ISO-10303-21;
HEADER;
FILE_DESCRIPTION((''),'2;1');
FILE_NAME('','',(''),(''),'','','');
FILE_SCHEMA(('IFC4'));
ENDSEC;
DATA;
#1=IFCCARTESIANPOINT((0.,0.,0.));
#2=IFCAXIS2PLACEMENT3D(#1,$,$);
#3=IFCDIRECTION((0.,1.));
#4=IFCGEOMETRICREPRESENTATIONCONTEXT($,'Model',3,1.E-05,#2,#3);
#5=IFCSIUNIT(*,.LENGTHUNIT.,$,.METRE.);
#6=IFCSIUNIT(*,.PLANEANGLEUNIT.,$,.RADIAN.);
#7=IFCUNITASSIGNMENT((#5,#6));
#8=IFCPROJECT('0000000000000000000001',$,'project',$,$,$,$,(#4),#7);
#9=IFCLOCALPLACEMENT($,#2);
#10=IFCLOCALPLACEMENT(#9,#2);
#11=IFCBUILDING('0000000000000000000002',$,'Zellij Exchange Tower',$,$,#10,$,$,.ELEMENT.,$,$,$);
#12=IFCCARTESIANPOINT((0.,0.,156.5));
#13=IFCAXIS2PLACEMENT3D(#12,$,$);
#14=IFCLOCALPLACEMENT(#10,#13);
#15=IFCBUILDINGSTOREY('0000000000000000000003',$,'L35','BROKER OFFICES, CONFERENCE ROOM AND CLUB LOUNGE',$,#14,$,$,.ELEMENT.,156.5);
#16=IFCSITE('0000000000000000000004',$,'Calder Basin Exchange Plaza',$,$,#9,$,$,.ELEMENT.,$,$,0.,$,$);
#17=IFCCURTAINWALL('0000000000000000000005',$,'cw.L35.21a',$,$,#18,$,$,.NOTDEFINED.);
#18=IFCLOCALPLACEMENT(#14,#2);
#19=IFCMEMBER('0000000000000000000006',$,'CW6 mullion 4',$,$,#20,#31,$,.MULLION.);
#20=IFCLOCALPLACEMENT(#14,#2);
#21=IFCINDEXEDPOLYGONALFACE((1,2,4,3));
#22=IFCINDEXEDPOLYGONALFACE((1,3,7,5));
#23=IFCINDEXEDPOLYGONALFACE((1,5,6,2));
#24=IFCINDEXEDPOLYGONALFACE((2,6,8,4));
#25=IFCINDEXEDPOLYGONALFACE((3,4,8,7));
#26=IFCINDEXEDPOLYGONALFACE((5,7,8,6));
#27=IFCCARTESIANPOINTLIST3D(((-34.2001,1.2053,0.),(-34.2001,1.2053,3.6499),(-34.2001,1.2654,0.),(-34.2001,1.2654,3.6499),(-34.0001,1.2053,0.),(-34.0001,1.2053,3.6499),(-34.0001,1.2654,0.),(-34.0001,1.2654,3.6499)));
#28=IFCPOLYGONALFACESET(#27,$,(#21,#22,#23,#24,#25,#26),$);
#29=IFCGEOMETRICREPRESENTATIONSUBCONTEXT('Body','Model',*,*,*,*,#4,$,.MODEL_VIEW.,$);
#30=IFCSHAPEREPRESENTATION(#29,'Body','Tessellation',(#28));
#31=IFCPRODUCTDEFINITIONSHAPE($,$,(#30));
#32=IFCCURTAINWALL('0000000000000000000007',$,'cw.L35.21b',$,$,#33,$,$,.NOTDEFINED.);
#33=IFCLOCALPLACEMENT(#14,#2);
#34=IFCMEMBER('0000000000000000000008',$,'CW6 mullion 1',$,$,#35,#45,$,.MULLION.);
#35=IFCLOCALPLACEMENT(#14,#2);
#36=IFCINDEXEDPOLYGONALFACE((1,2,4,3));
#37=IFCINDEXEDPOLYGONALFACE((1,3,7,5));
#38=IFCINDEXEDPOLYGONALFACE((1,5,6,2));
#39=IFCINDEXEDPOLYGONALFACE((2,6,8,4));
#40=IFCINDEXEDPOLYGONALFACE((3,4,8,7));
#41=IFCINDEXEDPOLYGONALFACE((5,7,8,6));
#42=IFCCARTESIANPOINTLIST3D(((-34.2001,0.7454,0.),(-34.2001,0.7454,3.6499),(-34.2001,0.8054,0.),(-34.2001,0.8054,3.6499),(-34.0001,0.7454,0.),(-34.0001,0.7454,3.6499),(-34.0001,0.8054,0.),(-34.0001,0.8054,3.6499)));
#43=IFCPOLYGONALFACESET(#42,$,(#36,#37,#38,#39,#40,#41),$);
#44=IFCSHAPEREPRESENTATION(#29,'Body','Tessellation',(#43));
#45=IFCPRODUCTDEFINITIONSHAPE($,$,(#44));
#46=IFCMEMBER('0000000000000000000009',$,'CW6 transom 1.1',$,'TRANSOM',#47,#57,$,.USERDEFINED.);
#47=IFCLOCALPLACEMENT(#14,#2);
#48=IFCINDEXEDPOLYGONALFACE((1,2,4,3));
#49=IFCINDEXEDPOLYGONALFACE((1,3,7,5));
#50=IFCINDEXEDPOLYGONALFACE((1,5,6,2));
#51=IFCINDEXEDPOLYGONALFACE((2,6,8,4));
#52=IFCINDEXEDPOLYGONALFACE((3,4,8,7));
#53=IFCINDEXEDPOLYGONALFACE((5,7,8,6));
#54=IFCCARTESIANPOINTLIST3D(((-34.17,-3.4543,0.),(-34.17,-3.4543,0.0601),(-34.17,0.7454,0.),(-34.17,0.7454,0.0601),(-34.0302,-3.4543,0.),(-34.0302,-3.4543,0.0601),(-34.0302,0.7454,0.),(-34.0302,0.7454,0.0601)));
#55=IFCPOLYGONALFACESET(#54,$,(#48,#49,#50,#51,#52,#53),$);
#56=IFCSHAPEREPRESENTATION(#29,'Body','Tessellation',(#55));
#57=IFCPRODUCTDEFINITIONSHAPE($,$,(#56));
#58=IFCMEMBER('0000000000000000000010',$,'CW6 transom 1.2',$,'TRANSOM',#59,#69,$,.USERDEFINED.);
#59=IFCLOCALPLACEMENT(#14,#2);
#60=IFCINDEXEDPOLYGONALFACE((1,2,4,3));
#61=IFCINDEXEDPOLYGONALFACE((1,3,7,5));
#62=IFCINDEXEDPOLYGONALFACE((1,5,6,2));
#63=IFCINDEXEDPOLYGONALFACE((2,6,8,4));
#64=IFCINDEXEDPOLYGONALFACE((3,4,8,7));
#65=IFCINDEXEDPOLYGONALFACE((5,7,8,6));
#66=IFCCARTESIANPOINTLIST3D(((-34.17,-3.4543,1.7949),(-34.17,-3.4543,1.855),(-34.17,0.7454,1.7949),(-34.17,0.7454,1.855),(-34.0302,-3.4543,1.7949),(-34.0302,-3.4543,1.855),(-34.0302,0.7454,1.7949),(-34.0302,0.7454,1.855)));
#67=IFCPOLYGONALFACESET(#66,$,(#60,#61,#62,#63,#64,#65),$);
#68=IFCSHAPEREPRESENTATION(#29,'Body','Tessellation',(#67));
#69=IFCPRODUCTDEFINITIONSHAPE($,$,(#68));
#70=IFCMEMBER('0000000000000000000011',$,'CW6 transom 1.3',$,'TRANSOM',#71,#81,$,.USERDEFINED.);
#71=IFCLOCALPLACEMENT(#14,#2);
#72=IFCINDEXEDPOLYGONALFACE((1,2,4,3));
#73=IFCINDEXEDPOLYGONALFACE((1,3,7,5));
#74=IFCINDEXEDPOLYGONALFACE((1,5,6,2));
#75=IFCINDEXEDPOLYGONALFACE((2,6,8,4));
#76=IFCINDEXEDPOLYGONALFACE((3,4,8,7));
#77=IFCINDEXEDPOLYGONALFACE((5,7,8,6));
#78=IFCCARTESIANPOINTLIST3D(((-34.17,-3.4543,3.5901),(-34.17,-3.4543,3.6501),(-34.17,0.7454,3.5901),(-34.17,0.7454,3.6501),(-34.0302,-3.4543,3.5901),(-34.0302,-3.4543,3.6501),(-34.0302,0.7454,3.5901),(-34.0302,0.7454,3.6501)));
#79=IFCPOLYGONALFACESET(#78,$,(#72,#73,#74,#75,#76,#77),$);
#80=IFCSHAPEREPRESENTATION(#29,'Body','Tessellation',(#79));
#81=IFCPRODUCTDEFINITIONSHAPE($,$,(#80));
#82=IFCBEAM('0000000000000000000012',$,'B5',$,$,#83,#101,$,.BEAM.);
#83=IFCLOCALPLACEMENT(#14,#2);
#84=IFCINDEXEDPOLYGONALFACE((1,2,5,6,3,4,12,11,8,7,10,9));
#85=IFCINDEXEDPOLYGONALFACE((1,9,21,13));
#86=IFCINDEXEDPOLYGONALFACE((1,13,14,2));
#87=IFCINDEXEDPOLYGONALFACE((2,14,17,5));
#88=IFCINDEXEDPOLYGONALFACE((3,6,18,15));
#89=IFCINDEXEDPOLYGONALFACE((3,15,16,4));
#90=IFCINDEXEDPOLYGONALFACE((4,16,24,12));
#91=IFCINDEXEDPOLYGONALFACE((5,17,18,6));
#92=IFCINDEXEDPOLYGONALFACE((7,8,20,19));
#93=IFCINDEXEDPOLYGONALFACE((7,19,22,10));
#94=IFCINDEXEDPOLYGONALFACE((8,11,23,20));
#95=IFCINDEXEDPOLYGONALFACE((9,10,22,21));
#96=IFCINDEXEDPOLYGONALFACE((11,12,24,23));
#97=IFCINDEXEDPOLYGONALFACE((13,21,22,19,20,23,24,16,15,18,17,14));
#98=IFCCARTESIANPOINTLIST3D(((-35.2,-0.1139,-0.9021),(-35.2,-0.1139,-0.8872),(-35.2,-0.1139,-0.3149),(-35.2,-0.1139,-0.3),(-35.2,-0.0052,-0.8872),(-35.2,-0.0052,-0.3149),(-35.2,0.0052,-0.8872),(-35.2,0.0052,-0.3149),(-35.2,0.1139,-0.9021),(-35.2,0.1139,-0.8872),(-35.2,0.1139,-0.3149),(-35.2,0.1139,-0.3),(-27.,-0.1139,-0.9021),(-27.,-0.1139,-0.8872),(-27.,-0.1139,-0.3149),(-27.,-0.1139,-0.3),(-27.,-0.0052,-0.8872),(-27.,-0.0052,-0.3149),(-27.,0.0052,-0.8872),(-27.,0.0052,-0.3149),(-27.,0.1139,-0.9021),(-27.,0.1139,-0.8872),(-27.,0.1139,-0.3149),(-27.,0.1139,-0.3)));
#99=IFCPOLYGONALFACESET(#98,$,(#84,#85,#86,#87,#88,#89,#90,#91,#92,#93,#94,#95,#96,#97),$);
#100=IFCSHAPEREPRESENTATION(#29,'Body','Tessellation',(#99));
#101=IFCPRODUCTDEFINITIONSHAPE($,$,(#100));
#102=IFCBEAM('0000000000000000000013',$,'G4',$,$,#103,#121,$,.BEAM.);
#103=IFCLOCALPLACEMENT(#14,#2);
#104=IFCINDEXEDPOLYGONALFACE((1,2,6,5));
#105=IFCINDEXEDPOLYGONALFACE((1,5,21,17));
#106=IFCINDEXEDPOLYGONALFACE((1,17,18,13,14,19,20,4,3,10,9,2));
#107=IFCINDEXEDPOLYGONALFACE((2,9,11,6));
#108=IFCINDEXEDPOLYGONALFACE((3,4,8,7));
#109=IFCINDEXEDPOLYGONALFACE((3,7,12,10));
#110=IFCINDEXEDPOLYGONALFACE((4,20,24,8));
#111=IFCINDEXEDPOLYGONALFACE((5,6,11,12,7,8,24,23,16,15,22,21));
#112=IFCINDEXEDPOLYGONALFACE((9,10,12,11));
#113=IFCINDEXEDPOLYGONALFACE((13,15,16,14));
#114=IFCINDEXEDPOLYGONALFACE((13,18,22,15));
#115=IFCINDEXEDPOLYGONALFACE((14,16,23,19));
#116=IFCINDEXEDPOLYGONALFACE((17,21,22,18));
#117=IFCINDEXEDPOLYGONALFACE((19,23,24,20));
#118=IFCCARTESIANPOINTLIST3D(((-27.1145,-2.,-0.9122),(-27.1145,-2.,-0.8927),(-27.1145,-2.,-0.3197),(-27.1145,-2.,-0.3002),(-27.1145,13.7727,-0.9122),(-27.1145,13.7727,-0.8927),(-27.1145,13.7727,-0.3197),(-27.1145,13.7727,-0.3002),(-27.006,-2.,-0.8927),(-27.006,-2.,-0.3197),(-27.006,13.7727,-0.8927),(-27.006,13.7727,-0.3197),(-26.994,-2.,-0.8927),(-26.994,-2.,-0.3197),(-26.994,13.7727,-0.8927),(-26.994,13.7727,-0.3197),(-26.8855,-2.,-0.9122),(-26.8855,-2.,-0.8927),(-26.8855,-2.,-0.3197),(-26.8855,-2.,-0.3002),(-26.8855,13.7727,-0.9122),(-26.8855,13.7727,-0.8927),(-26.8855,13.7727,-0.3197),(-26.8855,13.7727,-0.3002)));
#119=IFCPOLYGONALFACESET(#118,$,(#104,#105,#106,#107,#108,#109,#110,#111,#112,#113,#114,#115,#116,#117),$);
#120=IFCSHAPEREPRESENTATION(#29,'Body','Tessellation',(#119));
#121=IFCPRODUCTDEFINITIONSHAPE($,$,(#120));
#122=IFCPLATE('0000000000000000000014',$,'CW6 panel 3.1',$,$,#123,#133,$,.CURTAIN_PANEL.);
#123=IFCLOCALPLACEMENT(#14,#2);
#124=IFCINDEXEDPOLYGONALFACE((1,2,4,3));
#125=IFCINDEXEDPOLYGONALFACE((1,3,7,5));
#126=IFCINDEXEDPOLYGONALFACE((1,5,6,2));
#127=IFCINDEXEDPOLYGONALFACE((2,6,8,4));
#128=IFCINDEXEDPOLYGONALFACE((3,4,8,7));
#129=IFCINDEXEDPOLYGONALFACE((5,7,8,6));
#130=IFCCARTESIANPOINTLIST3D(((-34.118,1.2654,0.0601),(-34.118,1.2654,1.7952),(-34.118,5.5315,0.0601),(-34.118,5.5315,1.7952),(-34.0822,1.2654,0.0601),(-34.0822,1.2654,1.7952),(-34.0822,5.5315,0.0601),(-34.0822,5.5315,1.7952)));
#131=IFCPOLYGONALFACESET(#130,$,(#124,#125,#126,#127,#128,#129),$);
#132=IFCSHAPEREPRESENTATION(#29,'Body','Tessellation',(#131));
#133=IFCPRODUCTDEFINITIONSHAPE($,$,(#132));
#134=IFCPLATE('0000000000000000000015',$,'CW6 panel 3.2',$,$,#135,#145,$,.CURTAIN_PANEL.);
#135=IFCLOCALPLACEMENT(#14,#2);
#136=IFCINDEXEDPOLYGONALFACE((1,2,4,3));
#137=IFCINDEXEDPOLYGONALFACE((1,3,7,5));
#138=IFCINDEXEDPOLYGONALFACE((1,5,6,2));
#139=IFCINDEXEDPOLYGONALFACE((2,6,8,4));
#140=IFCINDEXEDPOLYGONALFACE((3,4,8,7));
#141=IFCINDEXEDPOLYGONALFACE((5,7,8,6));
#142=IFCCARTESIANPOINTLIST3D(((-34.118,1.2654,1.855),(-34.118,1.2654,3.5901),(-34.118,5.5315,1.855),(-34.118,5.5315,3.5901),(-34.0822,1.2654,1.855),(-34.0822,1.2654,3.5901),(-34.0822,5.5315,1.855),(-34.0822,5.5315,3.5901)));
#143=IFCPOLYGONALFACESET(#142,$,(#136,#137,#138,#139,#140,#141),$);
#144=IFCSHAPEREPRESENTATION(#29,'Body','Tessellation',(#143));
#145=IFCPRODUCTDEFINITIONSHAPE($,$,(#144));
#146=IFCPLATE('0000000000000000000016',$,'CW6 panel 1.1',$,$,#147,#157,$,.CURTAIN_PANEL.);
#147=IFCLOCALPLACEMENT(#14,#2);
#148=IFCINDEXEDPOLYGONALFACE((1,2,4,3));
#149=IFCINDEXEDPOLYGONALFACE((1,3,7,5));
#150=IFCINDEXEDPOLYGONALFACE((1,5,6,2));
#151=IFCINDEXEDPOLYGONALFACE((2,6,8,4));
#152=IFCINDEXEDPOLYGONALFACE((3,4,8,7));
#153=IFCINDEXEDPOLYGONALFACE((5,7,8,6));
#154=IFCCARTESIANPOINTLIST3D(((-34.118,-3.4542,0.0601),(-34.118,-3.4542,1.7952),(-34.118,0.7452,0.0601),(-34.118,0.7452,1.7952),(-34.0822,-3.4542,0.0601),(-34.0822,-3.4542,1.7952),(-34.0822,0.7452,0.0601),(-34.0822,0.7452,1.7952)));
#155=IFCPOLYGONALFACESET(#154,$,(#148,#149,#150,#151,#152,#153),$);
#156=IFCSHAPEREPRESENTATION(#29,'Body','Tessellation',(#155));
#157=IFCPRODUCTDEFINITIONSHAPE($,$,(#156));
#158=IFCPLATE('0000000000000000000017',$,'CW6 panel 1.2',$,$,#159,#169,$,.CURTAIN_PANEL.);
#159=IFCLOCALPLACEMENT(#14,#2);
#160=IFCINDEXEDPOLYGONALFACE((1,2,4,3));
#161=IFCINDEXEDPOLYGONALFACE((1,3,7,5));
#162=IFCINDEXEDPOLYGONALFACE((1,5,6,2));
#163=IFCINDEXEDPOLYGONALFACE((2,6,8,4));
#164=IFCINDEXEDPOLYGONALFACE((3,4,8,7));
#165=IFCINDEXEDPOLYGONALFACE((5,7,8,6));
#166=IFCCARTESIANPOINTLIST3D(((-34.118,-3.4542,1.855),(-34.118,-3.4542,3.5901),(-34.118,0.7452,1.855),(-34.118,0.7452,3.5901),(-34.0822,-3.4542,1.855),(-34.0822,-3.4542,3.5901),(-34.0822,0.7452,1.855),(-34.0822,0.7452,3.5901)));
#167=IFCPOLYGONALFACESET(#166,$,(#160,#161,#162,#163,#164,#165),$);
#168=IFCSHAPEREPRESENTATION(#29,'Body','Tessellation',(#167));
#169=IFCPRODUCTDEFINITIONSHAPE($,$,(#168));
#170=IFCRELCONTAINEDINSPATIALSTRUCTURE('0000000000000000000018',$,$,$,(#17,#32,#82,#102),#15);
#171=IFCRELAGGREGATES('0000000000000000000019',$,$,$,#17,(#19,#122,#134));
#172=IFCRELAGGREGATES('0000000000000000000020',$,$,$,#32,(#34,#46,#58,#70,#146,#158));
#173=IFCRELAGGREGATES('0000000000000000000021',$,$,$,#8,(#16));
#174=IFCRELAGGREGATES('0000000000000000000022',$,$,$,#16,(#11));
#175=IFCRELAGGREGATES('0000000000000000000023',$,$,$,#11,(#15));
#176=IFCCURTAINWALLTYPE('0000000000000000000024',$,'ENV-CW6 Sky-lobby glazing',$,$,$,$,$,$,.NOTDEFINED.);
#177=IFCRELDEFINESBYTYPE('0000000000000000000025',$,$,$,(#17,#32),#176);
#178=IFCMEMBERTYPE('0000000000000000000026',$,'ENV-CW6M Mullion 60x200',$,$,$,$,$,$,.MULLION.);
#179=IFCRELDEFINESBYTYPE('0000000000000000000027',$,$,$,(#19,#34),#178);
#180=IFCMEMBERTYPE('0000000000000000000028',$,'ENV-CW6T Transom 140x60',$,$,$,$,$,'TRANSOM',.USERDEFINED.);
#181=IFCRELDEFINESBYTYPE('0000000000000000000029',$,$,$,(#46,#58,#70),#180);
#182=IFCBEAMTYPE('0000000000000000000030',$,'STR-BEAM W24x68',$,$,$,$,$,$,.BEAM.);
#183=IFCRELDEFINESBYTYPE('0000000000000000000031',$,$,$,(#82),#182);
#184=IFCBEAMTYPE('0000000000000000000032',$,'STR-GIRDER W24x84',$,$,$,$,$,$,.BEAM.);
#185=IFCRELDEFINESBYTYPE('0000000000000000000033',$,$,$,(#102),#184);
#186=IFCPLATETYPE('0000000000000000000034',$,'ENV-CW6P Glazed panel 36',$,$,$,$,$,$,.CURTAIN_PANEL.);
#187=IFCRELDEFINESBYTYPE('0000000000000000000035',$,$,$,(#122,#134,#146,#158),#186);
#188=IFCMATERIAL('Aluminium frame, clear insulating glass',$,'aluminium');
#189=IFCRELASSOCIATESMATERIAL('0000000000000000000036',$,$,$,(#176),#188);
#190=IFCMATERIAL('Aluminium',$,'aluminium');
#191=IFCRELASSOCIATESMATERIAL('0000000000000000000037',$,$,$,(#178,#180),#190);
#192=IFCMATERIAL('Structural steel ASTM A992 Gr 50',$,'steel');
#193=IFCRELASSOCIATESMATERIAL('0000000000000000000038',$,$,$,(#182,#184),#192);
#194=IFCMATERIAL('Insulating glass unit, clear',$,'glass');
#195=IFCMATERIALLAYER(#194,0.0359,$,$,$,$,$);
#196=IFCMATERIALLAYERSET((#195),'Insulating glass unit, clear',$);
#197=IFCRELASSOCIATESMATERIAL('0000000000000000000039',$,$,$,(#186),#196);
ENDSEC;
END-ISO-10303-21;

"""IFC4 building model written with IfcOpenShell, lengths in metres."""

from ifc_helpers import new_model, si_unit, direction, frame, origin, origin_2d, place, context, subcontext, project, spatial, rectangle, i_section, extrude, material, layer, layer_set, material_profile, profile_set, type_object, element, aggregate, save


model = new_model("IFC4")

# Units and contexts
model_context = context("Model", 3, precision=1e-05, world=origin(), true_north=direction((0.0, 1.0)))
body_context = subcontext(model_context, "Body", "Model", "MODEL_VIEW")
ifc_project = project(units=[si_unit("LENGTHUNIT", "METRE"), si_unit("PLANEANGLEUNIT", "RADIAN")], contexts=[model_context])

# Site, building, storey
site_placement = place(None, origin())
site = spatial("IfcSite", under=ifc_project, at=site_placement, Name="Calder Basin Exchange Plaza", CompositionType="ELEMENT", RefElevation=0.0)
building_placement = place(site_placement, origin())
building = spatial("IfcBuilding", under=site, at=building_placement, Name="Zellij Exchange Tower", CompositionType="ELEMENT")
storey_placement = place(building_placement, frame((0.0, 0.0, 156.5)))
storey = spatial("IfcBuildingStorey", under=building, at=storey_placement, Name="L35", Description="BROKER OFFICES, CONFERENCE ROOM AND CLUB LOUNGE", CompositionType="ELEMENT", Elevation=156.5)

# Curtain wall, member
ifc_material_1 = material(Name="Aluminium frame, clear insulating glass", Category="aluminium")
curtain_wall_type = type_object("IfcCurtainWallType", Name="ENV-CW6 Sky-lobby glazing", PredefinedType="NOTDEFINED", material=ifc_material_1)
curtain_wall_1_placement = place(storey_placement, origin())
curtain_wall_1 = element("IfcCurtainWall", 1, at=curtain_wall_1_placement, inside=storey, type_object=curtain_wall_type, Name="cw.L35.21a", PredefinedType="NOTDEFINED")
ifc_material_2 = material(Name="Aluminium", Category="aluminium")
ifc_material_profile_1 = material_profile(ifc_material_2, rectangle(XDim=0.0601, YDim=0.2, at=origin_2d()), Name="AL 60x200")
ifc_profile_set_1 = profile_set([ifc_material_profile_1], Name="Aluminium")
member_type_1 = type_object("IfcMemberType", Name="ENV-CW6M Mullion 60x200", PredefinedType="MULLION", material=ifc_profile_set_1)
member_1_placement = place(storey_placement, frame((-34.1001, 1.2354, 0.0), z_axis=(0.0, 0.0, 1.0), x_axis=(0.0, -1.0, 0.0)))
member_1 = element("IfcMember", 2, at=member_1_placement, type_object=member_type_1, Name="CW6 mullion 4", PredefinedType="MULLION", context=body_context, shape_type="SweptSolid", body=[
    extrude(rectangle(XDim=0.0601, YDim=0.2, at=origin_2d()), origin(), (0.0, 0.0, 1.0), 3.6499),
])

# Curtain wall, members
curtain_wall_2_placement = place(storey_placement, origin())
curtain_wall_2 = element("IfcCurtainWall", 3, at=curtain_wall_2_placement, inside=storey, type_object=curtain_wall_type, Name="cw.L35.21b", PredefinedType="NOTDEFINED")
member_2_placement = place(storey_placement, frame((-34.1001, 0.7754, 0.0), z_axis=(0.0, 0.0, 1.0), x_axis=(0.0, -1.0, 0.0)))
member_2 = element("IfcMember", 4, at=member_2_placement, type_object=member_type_1, Name="CW6 mullion 1", PredefinedType="MULLION", context=body_context, shape_type="SweptSolid", body=[
    extrude(rectangle(XDim=0.0601, YDim=0.2, at=origin_2d()), origin(), (0.0, 0.0, 1.0), 3.6499),
])
ifc_material_profile_2 = material_profile(ifc_material_2, rectangle(XDim=0.1399, YDim=0.0601, at=origin_2d()), Name="AL 140x60")
ifc_profile_set_2 = profile_set([ifc_material_profile_2], Name="Aluminium")
member_type_2 = type_object("IfcMemberType", Name="ENV-CW6T Transom 140x60", ElementType="TRANSOM", PredefinedType="USERDEFINED", material=ifc_profile_set_2)
member_3_placement = place(storey_placement, frame((-34.1001, 0.7454, 0.03), z_axis=(0.0, -1.0, 0.0), x_axis=(1.0, 0.0, 0.0)))
member_3 = element("IfcMember", 5, at=member_3_placement, type_object=member_type_2, Name="CW6 transom 1.1", ObjectType="TRANSOM", PredefinedType="USERDEFINED", context=body_context, shape_type="SweptSolid", body=[
    extrude(rectangle(XDim=0.1399, YDim=0.0601, at=origin_2d()), origin(), (0.0, 0.0, 1.0), 4.1997),
])
member_4_placement = place(storey_placement, frame((-34.1001, 0.7454, 1.825), z_axis=(0.0, -1.0, 0.0), x_axis=(1.0, 0.0, 0.0)))
member_4 = element("IfcMember", 6, at=member_4_placement, type_object=member_type_2, Name="CW6 transom 1.2", ObjectType="TRANSOM", PredefinedType="USERDEFINED", context=body_context, shape_type="SweptSolid", body=[
    extrude(rectangle(XDim=0.1399, YDim=0.0601, at=origin_2d()), origin(), (0.0, 0.0, 1.0), 4.1997),
])
member_5_placement = place(storey_placement, frame((-34.1001, 0.7454, 3.6201), z_axis=(0.0, -1.0, 0.0), x_axis=(1.0, 0.0, 0.0)))
member_5 = element("IfcMember", 7, at=member_5_placement, type_object=member_type_2, Name="CW6 transom 1.3", ObjectType="TRANSOM", PredefinedType="USERDEFINED", context=body_context, shape_type="SweptSolid", body=[
    extrude(rectangle(XDim=0.1399, YDim=0.0601, at=origin_2d()), origin(), (0.0, 0.0, 1.0), 4.1997),
])

# Beams
ifc_material_3 = material(Name="Structural steel ASTM A992 Gr 50", Category="steel")
ifc_material_profile_3 = material_profile(ifc_material_3, i_section(OverallWidth=0.2278, OverallDepth=0.6021, WebThickness=0.0105, FlangeThickness=0.0149, at=origin_2d()), Name="W24x68")
ifc_profile_set_3 = profile_set([ifc_material_profile_3], Name="Structural steel ASTM A992 Gr 50")
beam_type_1 = type_object("IfcBeamType", Name="STR-BEAM W24x68", PredefinedType="BEAM", material=ifc_profile_set_3)
beam_1_placement = place(storey_placement, frame((-35.2, 0.0, -0.6011), z_axis=(1.0, 0.0, 0.0), x_axis=(0.0, 1.0, 0.0)))
element("IfcBeam", 8, at=beam_1_placement, inside=storey, type_object=beam_type_1, Name="B5", PredefinedType="BEAM", context=body_context, shape_type="SweptSolid", body=[
    extrude(i_section(OverallWidth=0.2278, OverallDepth=0.6021, WebThickness=0.0105, FlangeThickness=0.0149, at=origin_2d()), origin(), (0.0, 0.0, 1.0), 8.2),
])
ifc_material_profile_4 = material_profile(ifc_material_3, i_section(OverallWidth=0.229, OverallDepth=0.6121, WebThickness=0.012, FlangeThickness=0.0195, at=origin_2d()), Name="W24x84")
ifc_profile_set_4 = profile_set([ifc_material_profile_4], Name="Structural steel ASTM A992 Gr 50")
beam_type_2 = type_object("IfcBeamType", Name="STR-GIRDER W24x84", PredefinedType="BEAM", material=ifc_profile_set_4)
beam_2_placement = place(storey_placement, frame((-27.0, -2.0, -0.6062), z_axis=(0.0, 1.0, 0.0), x_axis=(-1.0, 0.0, 0.0)))
element("IfcBeam", 9, at=beam_2_placement, inside=storey, type_object=beam_type_2, Name="G4", PredefinedType="BEAM", context=body_context, shape_type="SweptSolid", body=[
    extrude(i_section(OverallWidth=0.229, OverallDepth=0.6121, WebThickness=0.012, FlangeThickness=0.0195, at=origin_2d()), origin(), (0.0, 0.0, 1.0), 15.7727),
])

# Plates
ifc_material_4 = material(Name="Insulating glass unit, clear", Category="glass")
ifc_layer_1 = layer(ifc_material_4, 0.0359)
ifc_layer_set_1 = layer_set([ifc_layer_1], Name="Insulating glass unit, clear")
plate_type = type_object("IfcPlateType", Name="ENV-CW6P Glazed panel 36", PredefinedType="CURTAIN_PANEL", material=ifc_layer_set_1)
plate_1_placement = place(storey_placement, frame((-34.1001, 3.3984, 0.0601), z_axis=(0.0, 0.0, 1.0), x_axis=(0.0, -1.0, 0.0)))
plate_1 = element("IfcPlate", 10, at=plate_1_placement, type_object=plate_type, Name="CW6 panel 3.1", PredefinedType="CURTAIN_PANEL", context=body_context, shape_type="SweptSolid", body=[
    extrude(rectangle(XDim=4.2661, YDim=0.0359, at=origin_2d()), origin(), (0.0, 0.0, 1.0), 1.7351),
])
plate_2_placement = place(storey_placement, frame((-34.1001, 3.3984, 1.855), z_axis=(0.0, 0.0, 1.0), x_axis=(0.0, -1.0, 0.0)))
plate_2 = element("IfcPlate", 11, at=plate_2_placement, type_object=plate_type, Name="CW6 panel 3.2", PredefinedType="CURTAIN_PANEL", context=body_context, shape_type="SweptSolid", body=[
    extrude(rectangle(XDim=4.2661, YDim=0.0359, at=origin_2d()), origin(), (0.0, 0.0, 1.0), 1.7351),
])
aggregate(curtain_wall_1, [member_1, plate_1, plate_2])
plate_3_placement = place(storey_placement, frame((-34.1001, -1.3545, 0.0601), z_axis=(0.0, 0.0, 1.0), x_axis=(0.0, -1.0, 0.0)))
plate_3 = element("IfcPlate", 12, at=plate_3_placement, type_object=plate_type, Name="CW6 panel 1.1", PredefinedType="CURTAIN_PANEL", context=body_context, shape_type="SweptSolid", body=[
    extrude(rectangle(XDim=4.1995, YDim=0.0359, at=origin_2d()), origin(), (0.0, 0.0, 1.0), 1.7351),
])
plate_4_placement = place(storey_placement, frame((-34.1001, -1.3545, 1.855), z_axis=(0.0, 0.0, 1.0), x_axis=(0.0, -1.0, 0.0)))
plate_4 = element("IfcPlate", 13, at=plate_4_placement, type_object=plate_type, Name="CW6 panel 1.2", PredefinedType="CURTAIN_PANEL", context=body_context, shape_type="SweptSolid", body=[
    extrude(rectangle(XDim=4.1995, YDim=0.0359, at=origin_2d()), origin(), (0.0, 0.0, 1.0), 1.7351),
])
aggregate(curtain_wall_2, [member_2, member_3, member_4, member_5, plate_3, plate_4])

save(model, "model.ifc")
